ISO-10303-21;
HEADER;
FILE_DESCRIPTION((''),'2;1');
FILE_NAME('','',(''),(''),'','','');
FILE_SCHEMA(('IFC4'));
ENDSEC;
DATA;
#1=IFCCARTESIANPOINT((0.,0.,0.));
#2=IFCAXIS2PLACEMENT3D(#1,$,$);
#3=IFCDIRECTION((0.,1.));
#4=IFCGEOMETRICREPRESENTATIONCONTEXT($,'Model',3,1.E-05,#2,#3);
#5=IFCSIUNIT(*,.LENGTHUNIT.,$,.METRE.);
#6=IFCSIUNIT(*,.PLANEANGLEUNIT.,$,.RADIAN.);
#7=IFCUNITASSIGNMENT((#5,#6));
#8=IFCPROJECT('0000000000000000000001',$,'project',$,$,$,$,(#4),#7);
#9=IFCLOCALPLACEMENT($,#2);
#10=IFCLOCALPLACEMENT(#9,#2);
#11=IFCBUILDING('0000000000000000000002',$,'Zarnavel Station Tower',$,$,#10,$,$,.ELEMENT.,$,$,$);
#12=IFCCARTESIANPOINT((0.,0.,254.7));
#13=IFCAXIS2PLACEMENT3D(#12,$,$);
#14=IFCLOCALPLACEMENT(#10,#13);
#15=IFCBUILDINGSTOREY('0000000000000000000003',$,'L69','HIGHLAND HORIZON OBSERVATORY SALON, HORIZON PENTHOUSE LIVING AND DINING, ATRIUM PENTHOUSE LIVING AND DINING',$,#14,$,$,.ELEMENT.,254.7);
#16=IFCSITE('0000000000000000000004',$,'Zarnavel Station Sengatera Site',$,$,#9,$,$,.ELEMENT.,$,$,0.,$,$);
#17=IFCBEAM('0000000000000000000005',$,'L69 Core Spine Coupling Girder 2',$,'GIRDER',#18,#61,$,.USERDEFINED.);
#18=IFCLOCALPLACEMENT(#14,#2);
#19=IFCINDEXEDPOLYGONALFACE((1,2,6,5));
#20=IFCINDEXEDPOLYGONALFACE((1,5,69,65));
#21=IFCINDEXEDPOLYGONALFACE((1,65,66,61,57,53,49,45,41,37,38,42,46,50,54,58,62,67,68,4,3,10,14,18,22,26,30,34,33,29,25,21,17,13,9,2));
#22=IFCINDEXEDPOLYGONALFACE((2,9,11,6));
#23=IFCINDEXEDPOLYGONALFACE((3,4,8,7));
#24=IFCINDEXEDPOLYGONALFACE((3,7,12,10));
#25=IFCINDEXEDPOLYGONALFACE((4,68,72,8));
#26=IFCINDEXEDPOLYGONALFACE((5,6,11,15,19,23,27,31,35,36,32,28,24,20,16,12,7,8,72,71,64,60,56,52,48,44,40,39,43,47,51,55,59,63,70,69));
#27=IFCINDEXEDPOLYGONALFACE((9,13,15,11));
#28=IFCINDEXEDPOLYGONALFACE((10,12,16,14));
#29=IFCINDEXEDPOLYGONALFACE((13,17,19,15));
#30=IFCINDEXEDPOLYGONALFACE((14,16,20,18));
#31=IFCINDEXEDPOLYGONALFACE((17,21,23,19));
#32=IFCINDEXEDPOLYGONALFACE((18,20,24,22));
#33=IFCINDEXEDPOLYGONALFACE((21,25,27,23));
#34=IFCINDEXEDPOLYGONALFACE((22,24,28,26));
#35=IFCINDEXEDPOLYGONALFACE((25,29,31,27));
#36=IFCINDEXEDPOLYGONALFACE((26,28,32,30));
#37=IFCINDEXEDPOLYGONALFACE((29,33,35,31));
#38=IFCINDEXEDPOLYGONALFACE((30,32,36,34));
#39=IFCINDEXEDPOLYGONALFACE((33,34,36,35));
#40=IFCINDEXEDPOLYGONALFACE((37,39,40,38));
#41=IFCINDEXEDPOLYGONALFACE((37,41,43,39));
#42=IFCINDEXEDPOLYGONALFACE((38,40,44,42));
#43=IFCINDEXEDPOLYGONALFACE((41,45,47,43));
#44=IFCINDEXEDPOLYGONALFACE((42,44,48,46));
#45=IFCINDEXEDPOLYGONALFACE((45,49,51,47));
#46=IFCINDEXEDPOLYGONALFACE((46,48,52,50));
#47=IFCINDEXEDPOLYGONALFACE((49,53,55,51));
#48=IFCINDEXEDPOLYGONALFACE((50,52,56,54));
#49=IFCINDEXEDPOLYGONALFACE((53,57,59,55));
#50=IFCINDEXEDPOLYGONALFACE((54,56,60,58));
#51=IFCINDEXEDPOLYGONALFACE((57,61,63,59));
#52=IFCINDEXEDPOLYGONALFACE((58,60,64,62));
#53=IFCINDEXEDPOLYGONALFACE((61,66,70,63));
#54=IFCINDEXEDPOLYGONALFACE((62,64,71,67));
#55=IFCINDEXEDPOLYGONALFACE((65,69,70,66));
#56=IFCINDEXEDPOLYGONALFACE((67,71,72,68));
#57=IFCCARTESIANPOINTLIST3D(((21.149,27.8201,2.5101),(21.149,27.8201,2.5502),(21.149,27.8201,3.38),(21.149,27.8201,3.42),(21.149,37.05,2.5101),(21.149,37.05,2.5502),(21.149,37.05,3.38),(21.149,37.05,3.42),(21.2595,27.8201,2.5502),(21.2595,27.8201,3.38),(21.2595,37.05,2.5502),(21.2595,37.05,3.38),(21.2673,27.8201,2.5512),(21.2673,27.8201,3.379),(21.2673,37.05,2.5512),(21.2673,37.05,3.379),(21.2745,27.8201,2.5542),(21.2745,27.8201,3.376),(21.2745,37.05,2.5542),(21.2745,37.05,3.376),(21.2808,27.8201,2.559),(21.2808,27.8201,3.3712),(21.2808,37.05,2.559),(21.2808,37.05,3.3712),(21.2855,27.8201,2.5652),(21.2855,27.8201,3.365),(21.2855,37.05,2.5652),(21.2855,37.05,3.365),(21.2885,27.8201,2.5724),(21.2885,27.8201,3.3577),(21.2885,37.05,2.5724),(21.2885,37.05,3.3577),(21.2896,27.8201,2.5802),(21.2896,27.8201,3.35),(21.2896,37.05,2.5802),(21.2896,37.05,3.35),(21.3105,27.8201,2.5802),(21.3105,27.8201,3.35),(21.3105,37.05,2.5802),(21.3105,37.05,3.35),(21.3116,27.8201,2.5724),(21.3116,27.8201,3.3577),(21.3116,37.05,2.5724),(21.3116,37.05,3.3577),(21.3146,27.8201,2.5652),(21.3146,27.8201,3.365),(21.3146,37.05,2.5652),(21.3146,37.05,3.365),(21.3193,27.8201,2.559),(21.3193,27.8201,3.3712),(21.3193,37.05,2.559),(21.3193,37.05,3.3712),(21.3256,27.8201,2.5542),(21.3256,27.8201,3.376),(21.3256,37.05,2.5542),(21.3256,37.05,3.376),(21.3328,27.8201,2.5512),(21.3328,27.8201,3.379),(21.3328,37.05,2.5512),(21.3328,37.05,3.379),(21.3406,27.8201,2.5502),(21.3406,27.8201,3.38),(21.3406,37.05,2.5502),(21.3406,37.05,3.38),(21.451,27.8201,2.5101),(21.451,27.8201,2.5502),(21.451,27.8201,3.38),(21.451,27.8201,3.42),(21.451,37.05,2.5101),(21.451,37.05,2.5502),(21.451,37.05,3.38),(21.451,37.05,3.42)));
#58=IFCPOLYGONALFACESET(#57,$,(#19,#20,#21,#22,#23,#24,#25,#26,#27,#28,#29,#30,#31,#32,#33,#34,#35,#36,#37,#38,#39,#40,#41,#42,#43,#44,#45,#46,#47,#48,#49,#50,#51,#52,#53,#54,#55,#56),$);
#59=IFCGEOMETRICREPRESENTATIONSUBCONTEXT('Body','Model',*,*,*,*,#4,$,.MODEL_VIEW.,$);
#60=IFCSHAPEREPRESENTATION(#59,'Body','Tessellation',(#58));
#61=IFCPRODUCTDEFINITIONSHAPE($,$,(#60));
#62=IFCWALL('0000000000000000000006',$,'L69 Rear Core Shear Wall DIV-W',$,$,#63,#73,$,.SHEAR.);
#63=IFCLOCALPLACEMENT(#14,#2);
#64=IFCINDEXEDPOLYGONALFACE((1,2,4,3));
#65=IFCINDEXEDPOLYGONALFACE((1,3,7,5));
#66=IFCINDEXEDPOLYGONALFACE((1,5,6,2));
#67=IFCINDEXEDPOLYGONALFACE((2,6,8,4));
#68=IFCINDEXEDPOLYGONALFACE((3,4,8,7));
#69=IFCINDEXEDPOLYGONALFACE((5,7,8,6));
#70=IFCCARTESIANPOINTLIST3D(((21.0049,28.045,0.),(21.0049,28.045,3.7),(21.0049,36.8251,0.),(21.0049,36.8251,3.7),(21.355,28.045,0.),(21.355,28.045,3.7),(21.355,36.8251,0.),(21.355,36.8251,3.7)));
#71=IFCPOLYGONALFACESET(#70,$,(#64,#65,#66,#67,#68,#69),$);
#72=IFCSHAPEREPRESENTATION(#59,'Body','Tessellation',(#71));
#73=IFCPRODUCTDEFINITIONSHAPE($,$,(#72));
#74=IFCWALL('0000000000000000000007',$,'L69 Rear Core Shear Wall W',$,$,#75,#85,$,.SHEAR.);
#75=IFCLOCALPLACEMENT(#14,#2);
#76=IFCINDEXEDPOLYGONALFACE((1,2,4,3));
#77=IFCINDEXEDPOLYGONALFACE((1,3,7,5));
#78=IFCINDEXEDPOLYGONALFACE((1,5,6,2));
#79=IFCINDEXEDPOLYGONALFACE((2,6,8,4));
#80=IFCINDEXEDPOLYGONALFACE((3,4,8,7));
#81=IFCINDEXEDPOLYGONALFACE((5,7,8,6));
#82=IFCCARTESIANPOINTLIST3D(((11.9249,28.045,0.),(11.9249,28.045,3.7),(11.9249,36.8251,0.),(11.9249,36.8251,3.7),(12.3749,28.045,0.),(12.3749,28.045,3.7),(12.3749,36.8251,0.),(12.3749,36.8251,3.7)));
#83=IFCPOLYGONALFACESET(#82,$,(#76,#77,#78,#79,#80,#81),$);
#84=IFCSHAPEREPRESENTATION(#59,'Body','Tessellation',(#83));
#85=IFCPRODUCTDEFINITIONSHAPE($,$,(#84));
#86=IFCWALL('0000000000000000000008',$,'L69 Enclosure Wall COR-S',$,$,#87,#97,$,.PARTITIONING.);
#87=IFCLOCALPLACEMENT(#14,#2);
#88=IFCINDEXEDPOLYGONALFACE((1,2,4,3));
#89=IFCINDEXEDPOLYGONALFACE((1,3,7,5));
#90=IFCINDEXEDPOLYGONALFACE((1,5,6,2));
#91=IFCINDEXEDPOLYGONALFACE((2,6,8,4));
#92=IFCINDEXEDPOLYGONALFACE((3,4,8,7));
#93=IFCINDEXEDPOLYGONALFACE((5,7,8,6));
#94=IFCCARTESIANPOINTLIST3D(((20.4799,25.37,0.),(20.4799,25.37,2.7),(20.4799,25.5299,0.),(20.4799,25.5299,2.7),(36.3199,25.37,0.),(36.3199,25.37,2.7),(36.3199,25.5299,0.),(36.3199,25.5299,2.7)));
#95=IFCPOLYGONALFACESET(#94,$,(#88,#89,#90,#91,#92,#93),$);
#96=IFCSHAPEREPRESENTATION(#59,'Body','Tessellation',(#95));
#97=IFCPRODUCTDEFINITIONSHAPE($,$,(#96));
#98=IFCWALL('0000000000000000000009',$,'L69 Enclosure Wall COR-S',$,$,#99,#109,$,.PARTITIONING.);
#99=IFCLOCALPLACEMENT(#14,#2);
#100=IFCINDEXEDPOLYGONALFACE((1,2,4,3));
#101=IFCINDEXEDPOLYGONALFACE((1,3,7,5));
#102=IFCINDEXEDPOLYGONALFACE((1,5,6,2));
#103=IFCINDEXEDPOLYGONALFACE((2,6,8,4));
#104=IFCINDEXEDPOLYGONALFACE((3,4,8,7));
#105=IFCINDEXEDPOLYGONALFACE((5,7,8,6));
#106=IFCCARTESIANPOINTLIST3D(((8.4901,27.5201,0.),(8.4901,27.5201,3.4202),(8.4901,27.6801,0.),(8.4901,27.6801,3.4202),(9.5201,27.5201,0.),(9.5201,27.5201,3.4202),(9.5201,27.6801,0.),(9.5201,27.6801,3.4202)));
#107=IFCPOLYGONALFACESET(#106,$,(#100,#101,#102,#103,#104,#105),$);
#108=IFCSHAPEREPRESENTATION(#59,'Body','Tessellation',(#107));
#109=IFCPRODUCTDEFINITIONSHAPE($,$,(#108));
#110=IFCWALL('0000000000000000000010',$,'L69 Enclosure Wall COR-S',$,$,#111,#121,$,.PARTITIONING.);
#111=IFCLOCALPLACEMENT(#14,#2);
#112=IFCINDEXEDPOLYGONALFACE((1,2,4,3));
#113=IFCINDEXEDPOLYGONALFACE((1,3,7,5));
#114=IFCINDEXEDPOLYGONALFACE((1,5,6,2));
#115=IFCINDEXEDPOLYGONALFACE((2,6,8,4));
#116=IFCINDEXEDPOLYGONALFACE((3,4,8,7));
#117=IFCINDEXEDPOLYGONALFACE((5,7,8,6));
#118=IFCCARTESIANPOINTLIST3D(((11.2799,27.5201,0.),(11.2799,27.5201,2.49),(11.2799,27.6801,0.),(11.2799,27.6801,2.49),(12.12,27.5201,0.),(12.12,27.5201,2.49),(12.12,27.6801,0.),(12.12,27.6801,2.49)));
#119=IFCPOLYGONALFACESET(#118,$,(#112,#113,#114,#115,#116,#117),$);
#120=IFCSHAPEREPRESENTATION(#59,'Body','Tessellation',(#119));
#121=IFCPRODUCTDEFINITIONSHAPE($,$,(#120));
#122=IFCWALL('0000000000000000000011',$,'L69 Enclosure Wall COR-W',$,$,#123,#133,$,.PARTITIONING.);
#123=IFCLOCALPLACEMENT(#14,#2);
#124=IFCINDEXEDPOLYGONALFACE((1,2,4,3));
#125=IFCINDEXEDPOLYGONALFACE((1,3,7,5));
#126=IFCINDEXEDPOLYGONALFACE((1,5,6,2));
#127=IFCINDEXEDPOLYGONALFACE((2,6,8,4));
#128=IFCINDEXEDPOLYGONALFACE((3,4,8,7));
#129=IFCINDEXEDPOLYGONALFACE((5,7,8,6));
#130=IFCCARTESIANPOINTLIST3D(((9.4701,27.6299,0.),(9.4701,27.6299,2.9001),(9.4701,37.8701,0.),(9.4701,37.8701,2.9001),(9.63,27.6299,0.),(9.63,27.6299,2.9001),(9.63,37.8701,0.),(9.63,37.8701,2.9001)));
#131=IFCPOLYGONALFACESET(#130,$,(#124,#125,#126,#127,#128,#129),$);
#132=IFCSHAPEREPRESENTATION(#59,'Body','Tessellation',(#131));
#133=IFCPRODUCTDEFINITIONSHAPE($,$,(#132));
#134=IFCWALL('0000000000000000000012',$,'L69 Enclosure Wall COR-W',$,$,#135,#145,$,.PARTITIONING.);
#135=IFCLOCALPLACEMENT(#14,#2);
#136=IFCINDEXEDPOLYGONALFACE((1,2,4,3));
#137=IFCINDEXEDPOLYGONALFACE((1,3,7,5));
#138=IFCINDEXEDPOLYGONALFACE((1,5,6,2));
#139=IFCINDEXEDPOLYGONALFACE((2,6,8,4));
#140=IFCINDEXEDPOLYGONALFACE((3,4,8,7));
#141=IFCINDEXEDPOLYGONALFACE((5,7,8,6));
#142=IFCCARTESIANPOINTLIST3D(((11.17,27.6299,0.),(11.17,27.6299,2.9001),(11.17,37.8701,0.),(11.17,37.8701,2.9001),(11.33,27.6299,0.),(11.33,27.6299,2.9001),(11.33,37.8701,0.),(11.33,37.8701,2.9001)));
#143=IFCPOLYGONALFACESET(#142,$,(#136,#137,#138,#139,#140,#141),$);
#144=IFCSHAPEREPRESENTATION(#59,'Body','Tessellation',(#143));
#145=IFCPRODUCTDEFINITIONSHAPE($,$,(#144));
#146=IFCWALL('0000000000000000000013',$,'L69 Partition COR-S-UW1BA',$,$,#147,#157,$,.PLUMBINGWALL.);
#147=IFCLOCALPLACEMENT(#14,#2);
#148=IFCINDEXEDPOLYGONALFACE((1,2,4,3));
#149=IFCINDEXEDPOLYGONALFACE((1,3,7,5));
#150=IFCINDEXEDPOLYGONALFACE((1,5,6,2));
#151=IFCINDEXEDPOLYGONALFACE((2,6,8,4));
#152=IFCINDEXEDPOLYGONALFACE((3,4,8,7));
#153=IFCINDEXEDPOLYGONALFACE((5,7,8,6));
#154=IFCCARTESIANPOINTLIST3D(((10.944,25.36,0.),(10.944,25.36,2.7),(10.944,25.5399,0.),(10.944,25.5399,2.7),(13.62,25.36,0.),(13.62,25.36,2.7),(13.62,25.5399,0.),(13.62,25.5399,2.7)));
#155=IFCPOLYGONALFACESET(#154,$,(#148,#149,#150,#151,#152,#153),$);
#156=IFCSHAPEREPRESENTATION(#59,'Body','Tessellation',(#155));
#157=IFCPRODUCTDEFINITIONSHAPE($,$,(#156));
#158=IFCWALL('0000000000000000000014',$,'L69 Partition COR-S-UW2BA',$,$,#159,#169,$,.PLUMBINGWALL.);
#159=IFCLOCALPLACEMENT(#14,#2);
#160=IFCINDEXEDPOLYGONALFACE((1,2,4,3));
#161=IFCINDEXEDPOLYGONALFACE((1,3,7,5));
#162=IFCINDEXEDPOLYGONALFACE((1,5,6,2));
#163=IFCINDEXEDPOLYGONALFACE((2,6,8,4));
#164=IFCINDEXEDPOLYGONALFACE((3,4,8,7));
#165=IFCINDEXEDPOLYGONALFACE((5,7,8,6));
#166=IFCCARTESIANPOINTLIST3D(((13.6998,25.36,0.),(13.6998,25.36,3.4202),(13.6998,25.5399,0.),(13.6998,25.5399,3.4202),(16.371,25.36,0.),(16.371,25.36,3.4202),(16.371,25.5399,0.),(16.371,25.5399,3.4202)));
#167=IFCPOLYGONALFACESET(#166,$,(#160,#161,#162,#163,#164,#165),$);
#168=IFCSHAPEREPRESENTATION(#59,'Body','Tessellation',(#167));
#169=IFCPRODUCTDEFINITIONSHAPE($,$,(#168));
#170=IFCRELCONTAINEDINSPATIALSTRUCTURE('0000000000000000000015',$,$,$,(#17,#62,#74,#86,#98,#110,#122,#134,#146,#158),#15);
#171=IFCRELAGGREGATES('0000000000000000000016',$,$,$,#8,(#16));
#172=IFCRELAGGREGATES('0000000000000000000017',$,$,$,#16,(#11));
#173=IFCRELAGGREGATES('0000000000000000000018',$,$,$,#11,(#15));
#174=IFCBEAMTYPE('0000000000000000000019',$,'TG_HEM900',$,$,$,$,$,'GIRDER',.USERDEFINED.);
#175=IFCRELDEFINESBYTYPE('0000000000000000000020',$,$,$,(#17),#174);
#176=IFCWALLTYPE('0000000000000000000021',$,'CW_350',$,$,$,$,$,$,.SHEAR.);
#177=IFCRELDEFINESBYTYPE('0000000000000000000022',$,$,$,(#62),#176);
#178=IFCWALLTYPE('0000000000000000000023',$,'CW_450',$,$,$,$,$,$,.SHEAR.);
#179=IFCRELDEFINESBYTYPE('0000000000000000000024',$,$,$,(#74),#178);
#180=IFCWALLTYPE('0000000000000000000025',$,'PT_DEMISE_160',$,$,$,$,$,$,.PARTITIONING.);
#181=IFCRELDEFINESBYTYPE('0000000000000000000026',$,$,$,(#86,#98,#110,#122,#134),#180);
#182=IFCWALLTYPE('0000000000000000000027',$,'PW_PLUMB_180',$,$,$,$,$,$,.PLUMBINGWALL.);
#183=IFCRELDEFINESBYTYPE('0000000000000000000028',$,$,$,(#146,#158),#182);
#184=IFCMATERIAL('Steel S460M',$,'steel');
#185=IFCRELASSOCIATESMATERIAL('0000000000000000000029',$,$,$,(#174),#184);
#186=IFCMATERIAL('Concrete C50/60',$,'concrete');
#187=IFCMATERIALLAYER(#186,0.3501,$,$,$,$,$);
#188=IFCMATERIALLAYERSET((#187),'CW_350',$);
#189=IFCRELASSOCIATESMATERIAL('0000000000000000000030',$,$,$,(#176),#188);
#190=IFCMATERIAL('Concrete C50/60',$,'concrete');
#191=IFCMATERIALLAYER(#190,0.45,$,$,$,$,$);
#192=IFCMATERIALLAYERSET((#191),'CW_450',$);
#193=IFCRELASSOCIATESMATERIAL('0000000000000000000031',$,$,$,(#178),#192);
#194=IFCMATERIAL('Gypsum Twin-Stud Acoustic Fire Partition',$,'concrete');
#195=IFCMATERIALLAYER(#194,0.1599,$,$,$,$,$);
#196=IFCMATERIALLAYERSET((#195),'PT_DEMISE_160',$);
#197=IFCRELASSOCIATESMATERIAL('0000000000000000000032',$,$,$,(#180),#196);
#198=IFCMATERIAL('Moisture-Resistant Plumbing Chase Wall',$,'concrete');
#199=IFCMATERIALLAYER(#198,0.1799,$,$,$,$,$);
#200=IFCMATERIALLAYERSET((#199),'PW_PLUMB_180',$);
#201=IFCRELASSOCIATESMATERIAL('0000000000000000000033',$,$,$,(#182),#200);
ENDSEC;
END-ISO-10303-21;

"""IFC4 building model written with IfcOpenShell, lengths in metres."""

from ifc_helpers import new_model, si_unit, direction, frame, frame_2d, origin, origin_2d, place, context, subcontext, project, spatial, rectangle, i_section, extrude, material, layer, layer_set, material_profile, profile_set, type_object, element, save


model = new_model("IFC4")

# Units and contexts
model_context = context("Model", 3, precision=1e-05, world=origin(), true_north=direction((0.0, 1.0)))
body_context = subcontext(model_context, "Body", "Model", "MODEL_VIEW")
ifc_project = project(units=[si_unit("LENGTHUNIT", "METRE"), si_unit("PLANEANGLEUNIT", "RADIAN")], contexts=[model_context])

# Site, building, storey
site_placement = place(None, origin())
site = spatial("IfcSite", under=ifc_project, at=site_placement, Name="Zarnavel Station Sengatera Site", CompositionType="ELEMENT", RefElevation=0.0)
building_placement = place(site_placement, origin())
building = spatial("IfcBuilding", under=site, at=building_placement, Name="Zarnavel Station Tower", CompositionType="ELEMENT")
storey_placement = place(building_placement, frame((0.0, 0.0, 254.7)))
storey = spatial("IfcBuildingStorey", under=building, at=storey_placement, Name="L69", Description="HIGHLAND HORIZON OBSERVATORY SALON, HORIZON PENTHOUSE LIVING AND DINING, ATRIUM PENTHOUSE LIVING AND DINING", CompositionType="ELEMENT", Elevation=254.7)

# Beam
ifc_material_1 = material(Name="Steel S460M", Category="steel")
ifc_material_profile_1 = material_profile(ifc_material_1, i_section(OverallWidth=0.302, OverallDepth=0.9099, WebThickness=0.021, FlangeThickness=0.04, FilletRadius=0.03, at=origin_2d()), Name="HEM900")
ifc_profile_set_1 = profile_set([ifc_material_profile_1], Name="Steel S460M")
beam_type_1 = type_object("IfcBeamType", Name="TG_HEM900", ElementType="GIRDER", PredefinedType="USERDEFINED", material=ifc_profile_set_1)
for number, where, z_axis, x_axis, name in (
    (1, (21.3, 27.8201, 2.9651), (0.0, 1.0, 0.0), (-1.0, 0.0, 0.0), "L69 Core Spine Coupling Girder 2"),
):
    element("IfcBeam", number, at=place(storey_placement, frame(where, z_axis=z_axis, x_axis=x_axis)), inside=storey, type_object=beam_type_1, Name=name, ObjectType="GIRDER", PredefinedType="USERDEFINED", context=body_context, shape_type="SweptSolid", body=[
        extrude(i_section(OverallWidth=0.302, OverallDepth=0.9099, WebThickness=0.021, FlangeThickness=0.04, FilletRadius=0.03, at=origin_2d()), origin(), (0.0, 0.0, 1.0), 9.23),
    ])

# Wall
ifc_material_2 = material(Name="Concrete C50/60", Category="concrete")
ifc_layer_1 = layer(ifc_material_2, 0.3501)
ifc_layer_set_1 = layer_set([ifc_layer_1], Name="CW_350")
wall_type_1 = type_object("IfcWallType", Name="CW_350", PredefinedType="SHEAR", material=ifc_layer_set_1)
wall_1_placement = place(storey_placement, frame((21.1799, 28.0449, 0.0), z_axis=(0.0, 0.0, 1.0), x_axis=(0.0, 1.0, 0.0)))
element("IfcWall", 2, at=wall_1_placement, inside=storey, type_object=wall_type_1, Name="L69 Rear Core Shear Wall DIV-W", PredefinedType="SHEAR", context=body_context, shape_type="SweptSolid", body=[
    extrude(rectangle(XDim=8.78, YDim=0.3501, at=frame_2d((4.3901, 0.0))), origin(), (0.0, 0.0, 1.0), 3.7),
])

# Shared definitions
ifc_material_3 = material(Name="Concrete C50/60", Category="concrete")
ifc_layer_2 = layer(ifc_material_3, 0.45)
ifc_layer_set_2 = layer_set([ifc_layer_2], Name="CW_450")
wall_type_2 = type_object("IfcWallType", Name="CW_450", PredefinedType="SHEAR", material=ifc_layer_set_2)

# Wall
wall_2_placement = place(storey_placement, frame((12.1499, 28.0449, 0.0), z_axis=(0.0, 0.0, 1.0), x_axis=(0.0, 1.0, 0.0)))
element("IfcWall", 3, at=wall_2_placement, inside=storey, type_object=wall_type_2, Name="L69 Rear Core Shear Wall W", PredefinedType="SHEAR", context=body_context, shape_type="SweptSolid", body=[
    extrude(rectangle(XDim=8.78, YDim=0.45, at=frame_2d((4.3901, 0.0))), origin(), (0.0, 0.0, 1.0), 3.7),
])

# Shared definitions
ifc_material_4 = material(Name="Gypsum Twin-Stud Acoustic Fire Partition", Category="concrete")
ifc_layer_3 = layer(ifc_material_4, 0.1599)
ifc_layer_set_3 = layer_set([ifc_layer_3], Name="PT_DEMISE_160")
wall_type_3 = type_object("IfcWallType", Name="PT_DEMISE_160", PredefinedType="PARTITIONING", material=ifc_layer_set_3)

# Walls
wall_3_placement = place(storey_placement, frame((20.48, 25.45, 0.0), z_axis=(0.0, 0.0, 1.0), x_axis=(1.0, 0.0, 0.0)))
element("IfcWall", 4, at=wall_3_placement, inside=storey, type_object=wall_type_3, Name="L69 Enclosure Wall COR-S", PredefinedType="PARTITIONING", context=body_context, shape_type="SweptSolid", body=[
    extrude(rectangle(XDim=15.8401, YDim=0.1599, at=frame_2d((7.9199, 0.0))), origin(), (0.0, 0.0, 1.0), 2.7),
])
wall_4_placement = place(storey_placement, frame((8.49, 27.6001, 0.0), z_axis=(0.0, 0.0, 1.0), x_axis=(1.0, 0.0, 0.0)))
element("IfcWall", 5, at=wall_4_placement, inside=storey, type_object=wall_type_3, Name="L69 Enclosure Wall COR-S", PredefinedType="PARTITIONING", context=body_context, shape_type="SweptSolid", body=[
    extrude(rectangle(XDim=1.03, YDim=0.1599, at=frame_2d((0.5151, 0.0))), origin(), (0.0, 0.0, 1.0), 3.4202),
])
wall_5_placement = place(storey_placement, frame((11.28, 27.6001, 0.0), z_axis=(0.0, 0.0, 1.0), x_axis=(1.0, 0.0, 0.0)))
element("IfcWall", 6, at=wall_5_placement, inside=storey, type_object=wall_type_3, Name="L69 Enclosure Wall COR-S", PredefinedType="PARTITIONING", context=body_context, shape_type="SweptSolid", body=[
    extrude(rectangle(XDim=0.8401, YDim=0.1599, at=frame_2d((0.4199, 0.0))), origin(), (0.0, 0.0, 1.0), 2.49),
])
for number, where, z_axis, x_axis, name in (
    (7, (9.55, 27.6299, 0.0), (0.0, 0.0, 1.0), (0.0, 1.0, 0.0), "L69 Enclosure Wall COR-W"),
    (8, (11.25, 27.6299, 0.0), (0.0, 0.0, 1.0), (0.0, 1.0, 0.0), "L69 Enclosure Wall COR-W"),
):
    element("IfcWall", number, at=place(storey_placement, frame(where, z_axis=z_axis, x_axis=x_axis)), inside=storey, type_object=wall_type_3, Name=name, PredefinedType="PARTITIONING", context=body_context, shape_type="SweptSolid", body=[
        extrude(rectangle(XDim=10.2402, YDim=0.1599, at=frame_2d((5.1201, 0.0))), origin(), (0.0, 0.0, 1.0), 2.9001),
    ])

# Walls
ifc_material_5 = material(Name="Moisture-Resistant Plumbing Chase Wall", Category="concrete")
ifc_layer_4 = layer(ifc_material_5, 0.1799)
ifc_layer_set_4 = layer_set([ifc_layer_4], Name="PW_PLUMB_180")
wall_type_4 = type_object("IfcWallType", Name="PW_PLUMB_180", PredefinedType="PLUMBINGWALL", material=ifc_layer_set_4)
wall_6_placement = place(storey_placement, frame((10.9441, 25.45, 0.0), z_axis=(0.0, 0.0, 1.0), x_axis=(1.0, 0.0, 0.0)))
element("IfcWall", 9, at=wall_6_placement, inside=storey, type_object=wall_type_4, Name="L69 Partition COR-S-UW1BA", PredefinedType="PLUMBINGWALL", context=body_context, shape_type="SweptSolid", body=[
    extrude(rectangle(XDim=2.676, YDim=0.1799, at=frame_2d((1.3379, 0.0))), origin(), (0.0, 0.0, 1.0), 2.7),
])
wall_7_placement = place(storey_placement, frame((13.7, 25.45, 0.0), z_axis=(0.0, 0.0, 1.0), x_axis=(1.0, 0.0, 0.0)))
element("IfcWall", 10, at=wall_7_placement, inside=storey, type_object=wall_type_4, Name="L69 Partition COR-S-UW2BA", PredefinedType="PLUMBINGWALL", context=body_context, shape_type="SweptSolid", body=[
    extrude(rectangle(XDim=2.6711, YDim=0.1799, at=frame_2d((1.3354, 0.0))), origin(), (0.0, 0.0, 1.0), 3.4202),
])

save(model, "model.ifc")
